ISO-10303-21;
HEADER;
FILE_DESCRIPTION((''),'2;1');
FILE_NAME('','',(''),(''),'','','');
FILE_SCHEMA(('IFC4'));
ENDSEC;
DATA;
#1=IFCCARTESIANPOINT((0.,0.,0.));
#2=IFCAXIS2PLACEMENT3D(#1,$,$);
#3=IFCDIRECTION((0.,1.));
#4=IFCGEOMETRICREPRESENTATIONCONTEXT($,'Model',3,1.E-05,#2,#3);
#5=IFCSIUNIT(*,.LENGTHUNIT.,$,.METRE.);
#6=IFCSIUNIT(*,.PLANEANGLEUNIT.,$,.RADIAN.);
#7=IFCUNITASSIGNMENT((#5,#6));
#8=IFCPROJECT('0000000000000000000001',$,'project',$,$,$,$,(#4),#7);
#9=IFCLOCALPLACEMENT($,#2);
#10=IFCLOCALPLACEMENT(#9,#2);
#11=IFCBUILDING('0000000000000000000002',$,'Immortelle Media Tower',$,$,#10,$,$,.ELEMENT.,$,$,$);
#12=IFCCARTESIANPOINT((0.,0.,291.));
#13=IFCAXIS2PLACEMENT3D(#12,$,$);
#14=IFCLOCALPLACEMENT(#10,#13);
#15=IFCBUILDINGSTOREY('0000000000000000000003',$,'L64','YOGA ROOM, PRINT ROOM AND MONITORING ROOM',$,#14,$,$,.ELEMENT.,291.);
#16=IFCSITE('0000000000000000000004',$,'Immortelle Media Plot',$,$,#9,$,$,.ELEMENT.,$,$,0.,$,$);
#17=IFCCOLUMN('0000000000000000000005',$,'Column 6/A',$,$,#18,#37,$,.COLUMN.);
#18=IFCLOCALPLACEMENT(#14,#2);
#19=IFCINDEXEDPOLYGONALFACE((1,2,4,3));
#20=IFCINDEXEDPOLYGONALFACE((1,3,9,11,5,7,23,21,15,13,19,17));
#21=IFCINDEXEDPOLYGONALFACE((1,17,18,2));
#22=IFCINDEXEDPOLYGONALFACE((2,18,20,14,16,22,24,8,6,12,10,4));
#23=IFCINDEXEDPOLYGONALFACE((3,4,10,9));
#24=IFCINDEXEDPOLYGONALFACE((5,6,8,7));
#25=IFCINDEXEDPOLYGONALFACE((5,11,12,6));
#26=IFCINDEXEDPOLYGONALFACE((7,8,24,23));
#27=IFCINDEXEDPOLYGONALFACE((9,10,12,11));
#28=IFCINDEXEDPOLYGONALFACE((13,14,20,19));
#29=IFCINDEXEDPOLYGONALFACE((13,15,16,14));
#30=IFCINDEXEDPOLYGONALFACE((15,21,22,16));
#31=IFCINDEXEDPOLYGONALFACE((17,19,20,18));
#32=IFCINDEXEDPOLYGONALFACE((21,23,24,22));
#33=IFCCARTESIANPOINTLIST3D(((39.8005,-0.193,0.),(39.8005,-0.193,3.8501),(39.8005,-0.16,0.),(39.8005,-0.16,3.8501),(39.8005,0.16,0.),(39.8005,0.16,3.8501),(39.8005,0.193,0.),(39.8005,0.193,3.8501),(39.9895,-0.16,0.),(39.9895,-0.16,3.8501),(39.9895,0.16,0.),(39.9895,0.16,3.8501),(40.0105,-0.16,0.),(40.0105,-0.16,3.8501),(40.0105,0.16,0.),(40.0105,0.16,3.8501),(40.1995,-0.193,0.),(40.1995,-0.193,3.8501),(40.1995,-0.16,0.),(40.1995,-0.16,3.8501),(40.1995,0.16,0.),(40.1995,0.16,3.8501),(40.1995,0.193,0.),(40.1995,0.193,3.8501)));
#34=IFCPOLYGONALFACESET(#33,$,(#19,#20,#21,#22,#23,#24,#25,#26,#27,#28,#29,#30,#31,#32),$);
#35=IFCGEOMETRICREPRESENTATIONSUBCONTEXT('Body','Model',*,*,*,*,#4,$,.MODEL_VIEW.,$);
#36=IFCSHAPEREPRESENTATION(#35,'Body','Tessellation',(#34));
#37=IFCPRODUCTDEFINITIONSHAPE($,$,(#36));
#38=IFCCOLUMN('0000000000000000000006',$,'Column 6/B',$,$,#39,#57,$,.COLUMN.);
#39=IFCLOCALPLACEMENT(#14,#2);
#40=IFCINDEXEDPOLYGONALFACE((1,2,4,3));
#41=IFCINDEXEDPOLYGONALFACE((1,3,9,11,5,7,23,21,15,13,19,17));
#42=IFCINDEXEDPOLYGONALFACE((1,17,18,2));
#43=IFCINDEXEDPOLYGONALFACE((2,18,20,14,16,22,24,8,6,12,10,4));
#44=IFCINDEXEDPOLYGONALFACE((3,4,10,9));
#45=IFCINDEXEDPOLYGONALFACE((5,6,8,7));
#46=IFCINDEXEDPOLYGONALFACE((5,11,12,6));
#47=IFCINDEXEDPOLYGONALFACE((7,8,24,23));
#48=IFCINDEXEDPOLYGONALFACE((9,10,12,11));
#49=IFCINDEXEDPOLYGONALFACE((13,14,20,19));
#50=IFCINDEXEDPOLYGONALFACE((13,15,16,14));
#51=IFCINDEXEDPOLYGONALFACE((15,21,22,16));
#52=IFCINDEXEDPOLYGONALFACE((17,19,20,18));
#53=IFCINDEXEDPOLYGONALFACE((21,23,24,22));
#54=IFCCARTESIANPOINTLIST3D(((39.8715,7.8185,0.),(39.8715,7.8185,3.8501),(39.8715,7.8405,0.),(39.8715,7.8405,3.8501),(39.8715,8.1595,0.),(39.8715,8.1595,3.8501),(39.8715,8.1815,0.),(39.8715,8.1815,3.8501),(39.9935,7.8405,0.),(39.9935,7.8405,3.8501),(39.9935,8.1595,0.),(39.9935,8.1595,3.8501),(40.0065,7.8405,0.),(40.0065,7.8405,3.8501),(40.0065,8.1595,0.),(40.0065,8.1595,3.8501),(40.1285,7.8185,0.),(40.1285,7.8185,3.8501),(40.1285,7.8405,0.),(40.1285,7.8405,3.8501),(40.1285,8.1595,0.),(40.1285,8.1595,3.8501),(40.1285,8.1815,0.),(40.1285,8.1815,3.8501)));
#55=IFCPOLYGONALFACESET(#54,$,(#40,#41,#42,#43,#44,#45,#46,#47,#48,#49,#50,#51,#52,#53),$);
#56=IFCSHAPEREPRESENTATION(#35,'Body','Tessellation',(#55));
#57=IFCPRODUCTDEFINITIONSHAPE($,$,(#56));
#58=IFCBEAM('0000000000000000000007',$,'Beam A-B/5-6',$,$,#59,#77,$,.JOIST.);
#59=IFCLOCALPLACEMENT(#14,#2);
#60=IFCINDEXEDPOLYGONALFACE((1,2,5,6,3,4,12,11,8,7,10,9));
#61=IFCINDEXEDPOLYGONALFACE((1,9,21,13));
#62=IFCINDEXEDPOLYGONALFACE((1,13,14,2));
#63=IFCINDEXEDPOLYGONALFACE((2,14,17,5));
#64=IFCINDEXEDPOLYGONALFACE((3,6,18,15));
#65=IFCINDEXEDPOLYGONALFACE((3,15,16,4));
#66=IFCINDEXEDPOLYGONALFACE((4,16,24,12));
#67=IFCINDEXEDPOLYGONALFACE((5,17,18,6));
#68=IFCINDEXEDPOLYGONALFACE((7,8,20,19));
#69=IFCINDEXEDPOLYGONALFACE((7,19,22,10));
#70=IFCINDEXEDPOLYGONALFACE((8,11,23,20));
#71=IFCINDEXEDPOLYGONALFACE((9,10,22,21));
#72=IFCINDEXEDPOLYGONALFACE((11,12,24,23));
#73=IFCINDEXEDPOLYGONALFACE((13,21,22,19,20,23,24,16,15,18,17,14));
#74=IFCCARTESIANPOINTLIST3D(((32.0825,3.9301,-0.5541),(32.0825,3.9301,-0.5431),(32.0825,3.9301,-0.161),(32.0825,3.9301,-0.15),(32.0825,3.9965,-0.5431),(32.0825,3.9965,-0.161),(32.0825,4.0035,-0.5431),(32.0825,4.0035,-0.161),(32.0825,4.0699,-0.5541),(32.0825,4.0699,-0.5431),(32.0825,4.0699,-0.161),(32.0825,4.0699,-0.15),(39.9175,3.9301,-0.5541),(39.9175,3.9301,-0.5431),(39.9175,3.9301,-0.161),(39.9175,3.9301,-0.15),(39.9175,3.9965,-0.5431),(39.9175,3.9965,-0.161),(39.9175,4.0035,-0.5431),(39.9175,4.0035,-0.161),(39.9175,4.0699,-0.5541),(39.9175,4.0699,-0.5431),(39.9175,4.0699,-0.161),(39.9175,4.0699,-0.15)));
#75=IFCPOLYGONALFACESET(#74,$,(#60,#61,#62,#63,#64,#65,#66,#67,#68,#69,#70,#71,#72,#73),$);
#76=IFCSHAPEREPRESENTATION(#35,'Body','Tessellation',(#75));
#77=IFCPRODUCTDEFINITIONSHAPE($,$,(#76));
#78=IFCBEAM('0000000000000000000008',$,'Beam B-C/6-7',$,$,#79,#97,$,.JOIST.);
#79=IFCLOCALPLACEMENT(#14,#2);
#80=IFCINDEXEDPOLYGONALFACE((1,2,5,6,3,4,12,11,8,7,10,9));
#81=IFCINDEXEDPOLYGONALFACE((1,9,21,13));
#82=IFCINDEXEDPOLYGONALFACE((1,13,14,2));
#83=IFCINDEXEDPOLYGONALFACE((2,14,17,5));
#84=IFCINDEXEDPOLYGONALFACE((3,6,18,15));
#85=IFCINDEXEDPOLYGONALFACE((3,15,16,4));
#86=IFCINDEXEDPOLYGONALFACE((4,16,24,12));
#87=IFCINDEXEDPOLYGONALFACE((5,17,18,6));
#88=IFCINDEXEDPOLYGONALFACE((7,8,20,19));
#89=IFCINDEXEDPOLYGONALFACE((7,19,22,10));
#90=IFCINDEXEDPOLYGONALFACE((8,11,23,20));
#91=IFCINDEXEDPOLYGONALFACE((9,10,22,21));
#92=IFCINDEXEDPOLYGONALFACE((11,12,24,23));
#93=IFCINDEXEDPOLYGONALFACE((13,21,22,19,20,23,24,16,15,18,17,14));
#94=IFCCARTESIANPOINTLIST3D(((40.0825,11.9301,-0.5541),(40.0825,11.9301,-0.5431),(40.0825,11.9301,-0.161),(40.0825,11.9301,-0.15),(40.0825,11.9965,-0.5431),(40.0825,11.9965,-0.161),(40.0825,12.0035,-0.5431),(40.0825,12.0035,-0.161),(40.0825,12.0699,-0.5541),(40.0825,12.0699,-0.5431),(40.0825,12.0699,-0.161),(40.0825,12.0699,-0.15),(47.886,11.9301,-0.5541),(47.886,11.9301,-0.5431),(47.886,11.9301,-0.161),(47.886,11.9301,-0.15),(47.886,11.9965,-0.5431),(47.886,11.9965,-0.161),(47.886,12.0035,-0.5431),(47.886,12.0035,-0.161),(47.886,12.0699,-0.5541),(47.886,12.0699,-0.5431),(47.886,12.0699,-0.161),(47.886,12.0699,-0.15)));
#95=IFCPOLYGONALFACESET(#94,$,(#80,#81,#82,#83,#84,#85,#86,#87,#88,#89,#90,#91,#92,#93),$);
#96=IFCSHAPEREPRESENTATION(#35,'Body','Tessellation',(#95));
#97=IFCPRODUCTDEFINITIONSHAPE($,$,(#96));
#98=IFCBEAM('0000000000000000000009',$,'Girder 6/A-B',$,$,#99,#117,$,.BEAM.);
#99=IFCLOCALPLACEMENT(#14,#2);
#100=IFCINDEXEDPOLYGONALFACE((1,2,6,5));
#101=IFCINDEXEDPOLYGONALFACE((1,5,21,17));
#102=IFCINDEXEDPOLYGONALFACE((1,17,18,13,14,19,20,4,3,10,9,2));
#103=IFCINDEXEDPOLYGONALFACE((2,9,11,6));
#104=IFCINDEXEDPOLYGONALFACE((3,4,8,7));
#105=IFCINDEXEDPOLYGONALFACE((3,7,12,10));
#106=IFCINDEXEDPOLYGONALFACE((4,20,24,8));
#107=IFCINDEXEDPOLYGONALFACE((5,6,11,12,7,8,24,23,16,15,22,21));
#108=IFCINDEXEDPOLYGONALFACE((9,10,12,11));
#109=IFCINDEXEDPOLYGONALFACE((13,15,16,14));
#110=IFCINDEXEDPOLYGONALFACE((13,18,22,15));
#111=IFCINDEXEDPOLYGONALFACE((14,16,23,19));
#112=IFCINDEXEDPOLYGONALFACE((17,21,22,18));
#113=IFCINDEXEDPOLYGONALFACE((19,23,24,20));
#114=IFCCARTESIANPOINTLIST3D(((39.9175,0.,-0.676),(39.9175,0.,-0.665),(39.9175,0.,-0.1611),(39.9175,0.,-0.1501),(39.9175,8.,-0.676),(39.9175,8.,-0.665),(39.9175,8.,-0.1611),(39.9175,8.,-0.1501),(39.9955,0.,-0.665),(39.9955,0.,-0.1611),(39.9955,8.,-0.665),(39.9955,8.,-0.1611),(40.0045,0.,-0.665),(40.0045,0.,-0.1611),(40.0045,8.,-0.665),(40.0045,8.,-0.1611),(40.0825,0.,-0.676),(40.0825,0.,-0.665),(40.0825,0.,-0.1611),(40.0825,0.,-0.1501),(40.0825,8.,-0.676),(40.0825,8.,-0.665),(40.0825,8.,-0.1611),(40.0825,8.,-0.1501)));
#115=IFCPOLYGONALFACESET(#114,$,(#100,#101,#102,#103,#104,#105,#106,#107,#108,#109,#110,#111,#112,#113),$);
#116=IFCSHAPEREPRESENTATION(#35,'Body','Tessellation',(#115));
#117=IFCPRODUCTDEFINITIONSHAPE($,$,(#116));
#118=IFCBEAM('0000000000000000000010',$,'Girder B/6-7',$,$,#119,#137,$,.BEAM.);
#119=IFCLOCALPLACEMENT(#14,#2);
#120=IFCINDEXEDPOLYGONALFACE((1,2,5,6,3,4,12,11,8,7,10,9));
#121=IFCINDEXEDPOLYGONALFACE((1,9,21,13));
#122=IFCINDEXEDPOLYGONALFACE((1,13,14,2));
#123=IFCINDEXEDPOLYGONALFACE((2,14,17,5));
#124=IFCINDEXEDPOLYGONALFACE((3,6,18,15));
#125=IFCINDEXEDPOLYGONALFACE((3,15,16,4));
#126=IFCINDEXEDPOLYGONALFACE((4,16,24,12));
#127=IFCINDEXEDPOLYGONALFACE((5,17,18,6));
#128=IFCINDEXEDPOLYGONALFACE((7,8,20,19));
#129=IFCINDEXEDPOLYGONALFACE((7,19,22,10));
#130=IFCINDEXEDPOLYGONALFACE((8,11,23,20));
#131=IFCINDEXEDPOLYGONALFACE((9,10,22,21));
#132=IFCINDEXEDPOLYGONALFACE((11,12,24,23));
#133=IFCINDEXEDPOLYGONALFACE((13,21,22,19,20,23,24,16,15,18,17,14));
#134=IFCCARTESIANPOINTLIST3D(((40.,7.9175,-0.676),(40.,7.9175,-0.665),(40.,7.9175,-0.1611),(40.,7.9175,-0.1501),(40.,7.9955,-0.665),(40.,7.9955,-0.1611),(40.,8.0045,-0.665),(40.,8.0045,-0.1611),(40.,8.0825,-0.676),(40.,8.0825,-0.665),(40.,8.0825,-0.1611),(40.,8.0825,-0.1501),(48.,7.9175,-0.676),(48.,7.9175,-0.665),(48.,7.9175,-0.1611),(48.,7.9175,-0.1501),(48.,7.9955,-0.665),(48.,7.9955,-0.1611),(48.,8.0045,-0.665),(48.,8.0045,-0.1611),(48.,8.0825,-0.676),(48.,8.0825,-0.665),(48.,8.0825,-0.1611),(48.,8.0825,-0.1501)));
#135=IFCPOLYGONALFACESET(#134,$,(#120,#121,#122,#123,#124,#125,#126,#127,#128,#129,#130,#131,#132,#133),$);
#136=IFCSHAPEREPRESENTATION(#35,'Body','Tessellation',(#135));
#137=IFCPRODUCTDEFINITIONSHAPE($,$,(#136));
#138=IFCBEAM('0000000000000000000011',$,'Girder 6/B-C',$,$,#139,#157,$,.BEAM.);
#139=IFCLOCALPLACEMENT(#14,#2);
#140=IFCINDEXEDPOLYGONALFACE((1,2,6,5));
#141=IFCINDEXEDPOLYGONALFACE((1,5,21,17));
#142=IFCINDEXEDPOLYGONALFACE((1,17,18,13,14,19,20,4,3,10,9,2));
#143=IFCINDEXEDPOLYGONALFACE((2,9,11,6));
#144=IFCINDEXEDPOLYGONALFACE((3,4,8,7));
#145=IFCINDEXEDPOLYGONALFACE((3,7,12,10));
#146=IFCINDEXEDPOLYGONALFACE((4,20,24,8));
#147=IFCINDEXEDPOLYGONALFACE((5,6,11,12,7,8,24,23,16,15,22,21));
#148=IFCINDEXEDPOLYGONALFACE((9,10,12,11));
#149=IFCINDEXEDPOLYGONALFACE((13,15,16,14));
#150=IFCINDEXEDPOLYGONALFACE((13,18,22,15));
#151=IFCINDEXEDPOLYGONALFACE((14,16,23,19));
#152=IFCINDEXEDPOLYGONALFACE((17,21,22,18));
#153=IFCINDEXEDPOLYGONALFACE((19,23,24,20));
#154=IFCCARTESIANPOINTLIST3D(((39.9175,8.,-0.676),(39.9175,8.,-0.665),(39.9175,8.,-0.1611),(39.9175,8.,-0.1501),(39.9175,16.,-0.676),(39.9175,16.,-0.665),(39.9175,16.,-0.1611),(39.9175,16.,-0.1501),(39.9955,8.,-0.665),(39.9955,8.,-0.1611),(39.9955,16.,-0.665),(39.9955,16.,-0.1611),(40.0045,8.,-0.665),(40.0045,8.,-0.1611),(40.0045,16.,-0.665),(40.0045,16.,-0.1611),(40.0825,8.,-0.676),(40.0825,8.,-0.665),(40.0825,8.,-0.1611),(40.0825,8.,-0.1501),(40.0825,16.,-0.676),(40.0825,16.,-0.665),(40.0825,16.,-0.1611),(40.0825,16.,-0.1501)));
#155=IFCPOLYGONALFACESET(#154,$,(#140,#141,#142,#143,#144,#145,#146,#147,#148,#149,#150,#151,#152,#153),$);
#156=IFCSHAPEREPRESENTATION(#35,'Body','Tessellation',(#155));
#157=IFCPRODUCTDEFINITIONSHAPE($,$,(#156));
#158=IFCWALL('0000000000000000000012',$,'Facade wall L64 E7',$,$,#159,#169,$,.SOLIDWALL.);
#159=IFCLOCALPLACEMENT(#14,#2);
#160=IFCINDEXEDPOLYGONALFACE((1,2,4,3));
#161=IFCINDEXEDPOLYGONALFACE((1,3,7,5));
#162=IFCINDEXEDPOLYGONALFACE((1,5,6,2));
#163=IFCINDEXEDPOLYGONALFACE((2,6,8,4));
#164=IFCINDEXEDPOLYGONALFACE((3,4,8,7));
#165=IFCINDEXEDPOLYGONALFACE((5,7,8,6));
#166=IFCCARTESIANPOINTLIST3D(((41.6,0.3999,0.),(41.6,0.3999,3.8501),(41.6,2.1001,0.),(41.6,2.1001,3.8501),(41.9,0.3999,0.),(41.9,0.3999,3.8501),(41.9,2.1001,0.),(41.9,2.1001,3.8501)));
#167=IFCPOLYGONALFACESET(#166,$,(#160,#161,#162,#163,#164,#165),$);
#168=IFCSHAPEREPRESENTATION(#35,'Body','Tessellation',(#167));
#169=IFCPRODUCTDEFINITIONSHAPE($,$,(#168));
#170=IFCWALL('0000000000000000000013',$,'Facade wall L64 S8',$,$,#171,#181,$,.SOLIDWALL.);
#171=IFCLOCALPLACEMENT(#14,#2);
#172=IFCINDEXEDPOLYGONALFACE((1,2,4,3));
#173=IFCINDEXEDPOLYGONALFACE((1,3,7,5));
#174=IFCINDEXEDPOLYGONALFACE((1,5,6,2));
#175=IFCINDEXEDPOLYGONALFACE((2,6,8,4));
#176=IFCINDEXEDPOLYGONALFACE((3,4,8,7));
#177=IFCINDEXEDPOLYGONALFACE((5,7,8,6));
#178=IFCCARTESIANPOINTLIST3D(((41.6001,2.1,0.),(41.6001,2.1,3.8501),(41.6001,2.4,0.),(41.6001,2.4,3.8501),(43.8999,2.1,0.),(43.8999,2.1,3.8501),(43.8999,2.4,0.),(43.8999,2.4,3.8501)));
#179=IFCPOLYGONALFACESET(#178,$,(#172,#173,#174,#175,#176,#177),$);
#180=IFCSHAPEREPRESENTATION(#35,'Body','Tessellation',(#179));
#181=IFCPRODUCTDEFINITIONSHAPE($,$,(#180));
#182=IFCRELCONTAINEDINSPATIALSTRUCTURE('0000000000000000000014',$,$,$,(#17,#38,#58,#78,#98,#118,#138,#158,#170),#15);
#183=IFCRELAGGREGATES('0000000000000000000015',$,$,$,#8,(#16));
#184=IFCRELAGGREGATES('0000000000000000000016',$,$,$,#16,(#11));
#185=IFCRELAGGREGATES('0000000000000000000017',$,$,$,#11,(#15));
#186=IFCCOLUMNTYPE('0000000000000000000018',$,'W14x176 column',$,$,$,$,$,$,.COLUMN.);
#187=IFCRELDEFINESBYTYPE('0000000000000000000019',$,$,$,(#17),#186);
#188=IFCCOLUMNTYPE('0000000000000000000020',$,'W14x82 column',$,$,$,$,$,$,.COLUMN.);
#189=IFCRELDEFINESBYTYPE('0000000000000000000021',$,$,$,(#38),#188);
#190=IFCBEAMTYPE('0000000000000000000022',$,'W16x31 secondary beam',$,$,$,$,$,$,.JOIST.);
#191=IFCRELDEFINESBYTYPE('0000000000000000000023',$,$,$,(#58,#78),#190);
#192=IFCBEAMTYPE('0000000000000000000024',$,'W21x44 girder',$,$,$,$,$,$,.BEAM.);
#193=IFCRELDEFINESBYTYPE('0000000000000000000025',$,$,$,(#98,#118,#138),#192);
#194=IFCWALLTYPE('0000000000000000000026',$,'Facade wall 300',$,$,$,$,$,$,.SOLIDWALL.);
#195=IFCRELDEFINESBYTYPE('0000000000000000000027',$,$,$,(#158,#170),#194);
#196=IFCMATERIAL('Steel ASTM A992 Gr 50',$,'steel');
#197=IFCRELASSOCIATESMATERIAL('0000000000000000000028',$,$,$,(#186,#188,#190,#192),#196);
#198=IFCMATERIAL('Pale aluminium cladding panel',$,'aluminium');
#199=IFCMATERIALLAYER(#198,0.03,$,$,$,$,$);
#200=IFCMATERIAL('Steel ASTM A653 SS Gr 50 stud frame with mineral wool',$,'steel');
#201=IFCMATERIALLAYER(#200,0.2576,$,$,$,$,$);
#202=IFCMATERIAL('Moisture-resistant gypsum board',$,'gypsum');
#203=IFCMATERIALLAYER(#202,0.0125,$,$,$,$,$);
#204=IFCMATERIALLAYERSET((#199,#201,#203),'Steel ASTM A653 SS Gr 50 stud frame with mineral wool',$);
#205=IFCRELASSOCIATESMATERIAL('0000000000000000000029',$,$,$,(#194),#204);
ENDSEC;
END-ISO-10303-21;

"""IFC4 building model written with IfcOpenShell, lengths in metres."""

from ifc_helpers import new_model, si_unit, direction, frame, frame_2d, origin, origin_2d, place, context, subcontext, project, spatial, rectangle, i_section, extrude, material, layer, layer_set, material_profile, profile_set, type_object, element, save


model = new_model("IFC4")

# Units and contexts
model_context = context("Model", 3, precision=1e-05, world=origin(), true_north=direction((0.0, 1.0)))
body_context = subcontext(model_context, "Body", "Model", "MODEL_VIEW")
ifc_project = project(units=[si_unit("LENGTHUNIT", "METRE"), si_unit("PLANEANGLEUNIT", "RADIAN")], contexts=[model_context])

# Site, building, storey
site_placement = place(None, origin())
site = spatial("IfcSite", under=ifc_project, at=site_placement, Name="Immortelle Media Plot", CompositionType="ELEMENT", RefElevation=0.0)
building_placement = place(site_placement, origin())
building = spatial("IfcBuilding", under=site, at=building_placement, Name="Immortelle Media Tower", CompositionType="ELEMENT")
storey_placement = place(building_placement, frame((0.0, 0.0, 291.0)))
storey = spatial("IfcBuildingStorey", under=building, at=storey_placement, Name="L64", Description="YOGA ROOM, PRINT ROOM AND MONITORING ROOM", CompositionType="ELEMENT", Elevation=291.0)

# Columns
ifc_material_1 = material(Name="Steel ASTM A992 Gr 50", Category="steel")
ifc_material_profile_1 = material_profile(ifc_material_1, i_section(OverallWidth=0.3989, OverallDepth=0.386, WebThickness=0.021, FlangeThickness=0.033, at=origin_2d()), Name="W14x176")
ifc_profile_set_1 = profile_set([ifc_material_profile_1], Name="Steel ASTM A992 Gr 50")
column_type_1 = type_object("IfcColumnType", Name="W14x176 column", PredefinedType="COLUMN", material=ifc_profile_set_1)
column_1_placement = place(storey_placement, frame((40.0, 0.0, 0.0), z_axis=(0.0, 0.0, 1.0), x_axis=(1.0, 0.0, 0.0)))
element("IfcColumn", 1, at=column_1_placement, inside=storey, type_object=column_type_1, Name="Column 6/A", PredefinedType="COLUMN", context=body_context, shape_type="SweptSolid", body=[
    extrude(i_section(OverallWidth=0.3989, OverallDepth=0.386, WebThickness=0.021, FlangeThickness=0.033, at=origin_2d()), origin(), (0.0, 0.0, 1.0), 3.8501),
])
ifc_material_profile_2 = material_profile(ifc_material_1, i_section(OverallWidth=0.2571, OverallDepth=0.363, WebThickness=0.0129, FlangeThickness=0.022, at=origin_2d()), Name="W14x82")
ifc_profile_set_2 = profile_set([ifc_material_profile_2], Name="Steel ASTM A992 Gr 50")
column_type_2 = type_object("IfcColumnType", Name="W14x82 column", PredefinedType="COLUMN", material=ifc_profile_set_2)
column_2_placement = place(storey_placement, frame((40.0, 8.0, 0.0), z_axis=(0.0, 0.0, 1.0), x_axis=(1.0, 0.0, 0.0)))
element("IfcColumn", 2, at=column_2_placement, inside=storey, type_object=column_type_2, Name="Column 6/B", PredefinedType="COLUMN", context=body_context, shape_type="SweptSolid", body=[
    extrude(i_section(OverallWidth=0.2571, OverallDepth=0.363, WebThickness=0.0129, FlangeThickness=0.022, at=origin_2d()), origin(), (0.0, 0.0, 1.0), 3.8501),
])

# Beams
ifc_material_profile_3 = material_profile(ifc_material_1, i_section(OverallWidth=0.1399, OverallDepth=0.4041, WebThickness=0.0071, FlangeThickness=0.011, at=origin_2d()), Name="W16x31")
ifc_profile_set_3 = profile_set([ifc_material_profile_3], Name="Steel ASTM A992 Gr 50")
beam_type_1 = type_object("IfcBeamType", Name="W16x31 secondary beam", PredefinedType="JOIST", material=ifc_profile_set_3)
beam_1_placement = place(storey_placement, frame((32.0825, 4.0, -0.3521), z_axis=(1.0, 0.0, 0.0), x_axis=(0.0, 1.0, 0.0)))
element("IfcBeam", 3, at=beam_1_placement, inside=storey, type_object=beam_type_1, Name="Beam A-B/5-6", PredefinedType="JOIST", context=body_context, shape_type="SweptSolid", body=[
    extrude(i_section(OverallWidth=0.1399, OverallDepth=0.4041, WebThickness=0.0071, FlangeThickness=0.011, at=origin_2d()), origin(), (0.0, 0.0, 1.0), 7.835),
])
beam_2_placement = place(storey_placement, frame((40.0825, 12.0, -0.3521), z_axis=(1.0, 0.0, 0.0), x_axis=(0.0, 1.0, 0.0)))
element("IfcBeam", 4, at=beam_2_placement, inside=storey, type_object=beam_type_1, Name="Beam B-C/6-7", PredefinedType="JOIST", context=body_context, shape_type="SweptSolid", body=[
    extrude(i_section(OverallWidth=0.1399, OverallDepth=0.4041, WebThickness=0.0071, FlangeThickness=0.011, at=origin_2d()), origin(), (0.0, 0.0, 1.0), 7.8035),
])
ifc_material_profile_4 = material_profile(ifc_material_1, i_section(OverallWidth=0.165, OverallDepth=0.5259, WebThickness=0.009, FlangeThickness=0.011, at=origin_2d()), Name="W21x44")
ifc_profile_set_4 = profile_set([ifc_material_profile_4], Name="Steel ASTM A992 Gr 50")
beam_type_2 = type_object("IfcBeamType", Name="W21x44 girder", PredefinedType="BEAM", material=ifc_profile_set_4)
for number, where, z_axis, x_axis, name in (
    (5, (40.0, 0.0, -0.4131), (0.0, 1.0, 0.0), (-1.0, 0.0, 0.0), "Girder 6/A-B"),
    (6, (40.0, 8.0, -0.4131), (1.0, 0.0, 0.0), (0.0, 1.0, 0.0), "Girder B/6-7"),
    (7, (40.0, 8.0, -0.4131), (0.0, 1.0, 0.0), (-1.0, 0.0, 0.0), "Girder 6/B-C"),
):
    element("IfcBeam", number, at=place(storey_placement, frame(where, z_axis=z_axis, x_axis=x_axis)), inside=storey, type_object=beam_type_2, Name=name, PredefinedType="BEAM", context=body_context, shape_type="SweptSolid", body=[
        extrude(i_section(OverallWidth=0.165, OverallDepth=0.5259, WebThickness=0.009, FlangeThickness=0.011, at=origin_2d()), origin(), (0.0, 0.0, 1.0), 8.0),
    ])

# Walls
ifc_material_2 = material(Name="Pale aluminium cladding panel", Category="aluminium")
ifc_layer_1 = layer(ifc_material_2, 0.03)
ifc_material_3 = material(Name="Steel ASTM A653 SS Gr 50 stud frame with mineral wool", Category="steel")
ifc_layer_2 = layer(ifc_material_3, 0.2576)
ifc_material_4 = material(Name="Moisture-resistant gypsum board", Category="gypsum")
ifc_layer_3 = layer(ifc_material_4, 0.0125)
ifc_layer_set_1 = layer_set([ifc_layer_1, ifc_layer_2, ifc_layer_3], Name="Steel ASTM A653 SS Gr 50 stud frame with mineral wool")
wall_type_1 = type_object("IfcWallType", Name="Facade wall 300", PredefinedType="SOLIDWALL", material=ifc_layer_set_1)
wall_1_placement = place(storey_placement, frame((41.75, 0.3999, 0.0), z_axis=(0.0, 0.0, 1.0), x_axis=(0.0, 1.0, 0.0)))
element("IfcWall", 8, at=wall_1_placement, inside=storey, type_object=wall_type_1, Name="Facade wall L64 E7", PredefinedType="SOLIDWALL", context=body_context, shape_type="SweptSolid", body=[
    extrude(rectangle(XDim=1.7002, YDim=0.3, at=frame_2d((0.8501, 0.0))), origin(), (0.0, 0.0, 1.0), 3.8501),
])
wall_2_placement = place(storey_placement, frame((41.6001, 2.25, 0.0), z_axis=(0.0, 0.0, 1.0), x_axis=(1.0, 0.0, 0.0)))
element("IfcWall", 9, at=wall_2_placement, inside=storey, type_object=wall_type_1, Name="Facade wall L64 S8", PredefinedType="SOLIDWALL", context=body_context, shape_type="SweptSolid", body=[
    extrude(rectangle(XDim=2.2998, YDim=0.3, at=frame_2d((1.1499, 0.0))), origin(), (0.0, 0.0, 1.0), 3.8501),
])

save(model, "model.ifc")
